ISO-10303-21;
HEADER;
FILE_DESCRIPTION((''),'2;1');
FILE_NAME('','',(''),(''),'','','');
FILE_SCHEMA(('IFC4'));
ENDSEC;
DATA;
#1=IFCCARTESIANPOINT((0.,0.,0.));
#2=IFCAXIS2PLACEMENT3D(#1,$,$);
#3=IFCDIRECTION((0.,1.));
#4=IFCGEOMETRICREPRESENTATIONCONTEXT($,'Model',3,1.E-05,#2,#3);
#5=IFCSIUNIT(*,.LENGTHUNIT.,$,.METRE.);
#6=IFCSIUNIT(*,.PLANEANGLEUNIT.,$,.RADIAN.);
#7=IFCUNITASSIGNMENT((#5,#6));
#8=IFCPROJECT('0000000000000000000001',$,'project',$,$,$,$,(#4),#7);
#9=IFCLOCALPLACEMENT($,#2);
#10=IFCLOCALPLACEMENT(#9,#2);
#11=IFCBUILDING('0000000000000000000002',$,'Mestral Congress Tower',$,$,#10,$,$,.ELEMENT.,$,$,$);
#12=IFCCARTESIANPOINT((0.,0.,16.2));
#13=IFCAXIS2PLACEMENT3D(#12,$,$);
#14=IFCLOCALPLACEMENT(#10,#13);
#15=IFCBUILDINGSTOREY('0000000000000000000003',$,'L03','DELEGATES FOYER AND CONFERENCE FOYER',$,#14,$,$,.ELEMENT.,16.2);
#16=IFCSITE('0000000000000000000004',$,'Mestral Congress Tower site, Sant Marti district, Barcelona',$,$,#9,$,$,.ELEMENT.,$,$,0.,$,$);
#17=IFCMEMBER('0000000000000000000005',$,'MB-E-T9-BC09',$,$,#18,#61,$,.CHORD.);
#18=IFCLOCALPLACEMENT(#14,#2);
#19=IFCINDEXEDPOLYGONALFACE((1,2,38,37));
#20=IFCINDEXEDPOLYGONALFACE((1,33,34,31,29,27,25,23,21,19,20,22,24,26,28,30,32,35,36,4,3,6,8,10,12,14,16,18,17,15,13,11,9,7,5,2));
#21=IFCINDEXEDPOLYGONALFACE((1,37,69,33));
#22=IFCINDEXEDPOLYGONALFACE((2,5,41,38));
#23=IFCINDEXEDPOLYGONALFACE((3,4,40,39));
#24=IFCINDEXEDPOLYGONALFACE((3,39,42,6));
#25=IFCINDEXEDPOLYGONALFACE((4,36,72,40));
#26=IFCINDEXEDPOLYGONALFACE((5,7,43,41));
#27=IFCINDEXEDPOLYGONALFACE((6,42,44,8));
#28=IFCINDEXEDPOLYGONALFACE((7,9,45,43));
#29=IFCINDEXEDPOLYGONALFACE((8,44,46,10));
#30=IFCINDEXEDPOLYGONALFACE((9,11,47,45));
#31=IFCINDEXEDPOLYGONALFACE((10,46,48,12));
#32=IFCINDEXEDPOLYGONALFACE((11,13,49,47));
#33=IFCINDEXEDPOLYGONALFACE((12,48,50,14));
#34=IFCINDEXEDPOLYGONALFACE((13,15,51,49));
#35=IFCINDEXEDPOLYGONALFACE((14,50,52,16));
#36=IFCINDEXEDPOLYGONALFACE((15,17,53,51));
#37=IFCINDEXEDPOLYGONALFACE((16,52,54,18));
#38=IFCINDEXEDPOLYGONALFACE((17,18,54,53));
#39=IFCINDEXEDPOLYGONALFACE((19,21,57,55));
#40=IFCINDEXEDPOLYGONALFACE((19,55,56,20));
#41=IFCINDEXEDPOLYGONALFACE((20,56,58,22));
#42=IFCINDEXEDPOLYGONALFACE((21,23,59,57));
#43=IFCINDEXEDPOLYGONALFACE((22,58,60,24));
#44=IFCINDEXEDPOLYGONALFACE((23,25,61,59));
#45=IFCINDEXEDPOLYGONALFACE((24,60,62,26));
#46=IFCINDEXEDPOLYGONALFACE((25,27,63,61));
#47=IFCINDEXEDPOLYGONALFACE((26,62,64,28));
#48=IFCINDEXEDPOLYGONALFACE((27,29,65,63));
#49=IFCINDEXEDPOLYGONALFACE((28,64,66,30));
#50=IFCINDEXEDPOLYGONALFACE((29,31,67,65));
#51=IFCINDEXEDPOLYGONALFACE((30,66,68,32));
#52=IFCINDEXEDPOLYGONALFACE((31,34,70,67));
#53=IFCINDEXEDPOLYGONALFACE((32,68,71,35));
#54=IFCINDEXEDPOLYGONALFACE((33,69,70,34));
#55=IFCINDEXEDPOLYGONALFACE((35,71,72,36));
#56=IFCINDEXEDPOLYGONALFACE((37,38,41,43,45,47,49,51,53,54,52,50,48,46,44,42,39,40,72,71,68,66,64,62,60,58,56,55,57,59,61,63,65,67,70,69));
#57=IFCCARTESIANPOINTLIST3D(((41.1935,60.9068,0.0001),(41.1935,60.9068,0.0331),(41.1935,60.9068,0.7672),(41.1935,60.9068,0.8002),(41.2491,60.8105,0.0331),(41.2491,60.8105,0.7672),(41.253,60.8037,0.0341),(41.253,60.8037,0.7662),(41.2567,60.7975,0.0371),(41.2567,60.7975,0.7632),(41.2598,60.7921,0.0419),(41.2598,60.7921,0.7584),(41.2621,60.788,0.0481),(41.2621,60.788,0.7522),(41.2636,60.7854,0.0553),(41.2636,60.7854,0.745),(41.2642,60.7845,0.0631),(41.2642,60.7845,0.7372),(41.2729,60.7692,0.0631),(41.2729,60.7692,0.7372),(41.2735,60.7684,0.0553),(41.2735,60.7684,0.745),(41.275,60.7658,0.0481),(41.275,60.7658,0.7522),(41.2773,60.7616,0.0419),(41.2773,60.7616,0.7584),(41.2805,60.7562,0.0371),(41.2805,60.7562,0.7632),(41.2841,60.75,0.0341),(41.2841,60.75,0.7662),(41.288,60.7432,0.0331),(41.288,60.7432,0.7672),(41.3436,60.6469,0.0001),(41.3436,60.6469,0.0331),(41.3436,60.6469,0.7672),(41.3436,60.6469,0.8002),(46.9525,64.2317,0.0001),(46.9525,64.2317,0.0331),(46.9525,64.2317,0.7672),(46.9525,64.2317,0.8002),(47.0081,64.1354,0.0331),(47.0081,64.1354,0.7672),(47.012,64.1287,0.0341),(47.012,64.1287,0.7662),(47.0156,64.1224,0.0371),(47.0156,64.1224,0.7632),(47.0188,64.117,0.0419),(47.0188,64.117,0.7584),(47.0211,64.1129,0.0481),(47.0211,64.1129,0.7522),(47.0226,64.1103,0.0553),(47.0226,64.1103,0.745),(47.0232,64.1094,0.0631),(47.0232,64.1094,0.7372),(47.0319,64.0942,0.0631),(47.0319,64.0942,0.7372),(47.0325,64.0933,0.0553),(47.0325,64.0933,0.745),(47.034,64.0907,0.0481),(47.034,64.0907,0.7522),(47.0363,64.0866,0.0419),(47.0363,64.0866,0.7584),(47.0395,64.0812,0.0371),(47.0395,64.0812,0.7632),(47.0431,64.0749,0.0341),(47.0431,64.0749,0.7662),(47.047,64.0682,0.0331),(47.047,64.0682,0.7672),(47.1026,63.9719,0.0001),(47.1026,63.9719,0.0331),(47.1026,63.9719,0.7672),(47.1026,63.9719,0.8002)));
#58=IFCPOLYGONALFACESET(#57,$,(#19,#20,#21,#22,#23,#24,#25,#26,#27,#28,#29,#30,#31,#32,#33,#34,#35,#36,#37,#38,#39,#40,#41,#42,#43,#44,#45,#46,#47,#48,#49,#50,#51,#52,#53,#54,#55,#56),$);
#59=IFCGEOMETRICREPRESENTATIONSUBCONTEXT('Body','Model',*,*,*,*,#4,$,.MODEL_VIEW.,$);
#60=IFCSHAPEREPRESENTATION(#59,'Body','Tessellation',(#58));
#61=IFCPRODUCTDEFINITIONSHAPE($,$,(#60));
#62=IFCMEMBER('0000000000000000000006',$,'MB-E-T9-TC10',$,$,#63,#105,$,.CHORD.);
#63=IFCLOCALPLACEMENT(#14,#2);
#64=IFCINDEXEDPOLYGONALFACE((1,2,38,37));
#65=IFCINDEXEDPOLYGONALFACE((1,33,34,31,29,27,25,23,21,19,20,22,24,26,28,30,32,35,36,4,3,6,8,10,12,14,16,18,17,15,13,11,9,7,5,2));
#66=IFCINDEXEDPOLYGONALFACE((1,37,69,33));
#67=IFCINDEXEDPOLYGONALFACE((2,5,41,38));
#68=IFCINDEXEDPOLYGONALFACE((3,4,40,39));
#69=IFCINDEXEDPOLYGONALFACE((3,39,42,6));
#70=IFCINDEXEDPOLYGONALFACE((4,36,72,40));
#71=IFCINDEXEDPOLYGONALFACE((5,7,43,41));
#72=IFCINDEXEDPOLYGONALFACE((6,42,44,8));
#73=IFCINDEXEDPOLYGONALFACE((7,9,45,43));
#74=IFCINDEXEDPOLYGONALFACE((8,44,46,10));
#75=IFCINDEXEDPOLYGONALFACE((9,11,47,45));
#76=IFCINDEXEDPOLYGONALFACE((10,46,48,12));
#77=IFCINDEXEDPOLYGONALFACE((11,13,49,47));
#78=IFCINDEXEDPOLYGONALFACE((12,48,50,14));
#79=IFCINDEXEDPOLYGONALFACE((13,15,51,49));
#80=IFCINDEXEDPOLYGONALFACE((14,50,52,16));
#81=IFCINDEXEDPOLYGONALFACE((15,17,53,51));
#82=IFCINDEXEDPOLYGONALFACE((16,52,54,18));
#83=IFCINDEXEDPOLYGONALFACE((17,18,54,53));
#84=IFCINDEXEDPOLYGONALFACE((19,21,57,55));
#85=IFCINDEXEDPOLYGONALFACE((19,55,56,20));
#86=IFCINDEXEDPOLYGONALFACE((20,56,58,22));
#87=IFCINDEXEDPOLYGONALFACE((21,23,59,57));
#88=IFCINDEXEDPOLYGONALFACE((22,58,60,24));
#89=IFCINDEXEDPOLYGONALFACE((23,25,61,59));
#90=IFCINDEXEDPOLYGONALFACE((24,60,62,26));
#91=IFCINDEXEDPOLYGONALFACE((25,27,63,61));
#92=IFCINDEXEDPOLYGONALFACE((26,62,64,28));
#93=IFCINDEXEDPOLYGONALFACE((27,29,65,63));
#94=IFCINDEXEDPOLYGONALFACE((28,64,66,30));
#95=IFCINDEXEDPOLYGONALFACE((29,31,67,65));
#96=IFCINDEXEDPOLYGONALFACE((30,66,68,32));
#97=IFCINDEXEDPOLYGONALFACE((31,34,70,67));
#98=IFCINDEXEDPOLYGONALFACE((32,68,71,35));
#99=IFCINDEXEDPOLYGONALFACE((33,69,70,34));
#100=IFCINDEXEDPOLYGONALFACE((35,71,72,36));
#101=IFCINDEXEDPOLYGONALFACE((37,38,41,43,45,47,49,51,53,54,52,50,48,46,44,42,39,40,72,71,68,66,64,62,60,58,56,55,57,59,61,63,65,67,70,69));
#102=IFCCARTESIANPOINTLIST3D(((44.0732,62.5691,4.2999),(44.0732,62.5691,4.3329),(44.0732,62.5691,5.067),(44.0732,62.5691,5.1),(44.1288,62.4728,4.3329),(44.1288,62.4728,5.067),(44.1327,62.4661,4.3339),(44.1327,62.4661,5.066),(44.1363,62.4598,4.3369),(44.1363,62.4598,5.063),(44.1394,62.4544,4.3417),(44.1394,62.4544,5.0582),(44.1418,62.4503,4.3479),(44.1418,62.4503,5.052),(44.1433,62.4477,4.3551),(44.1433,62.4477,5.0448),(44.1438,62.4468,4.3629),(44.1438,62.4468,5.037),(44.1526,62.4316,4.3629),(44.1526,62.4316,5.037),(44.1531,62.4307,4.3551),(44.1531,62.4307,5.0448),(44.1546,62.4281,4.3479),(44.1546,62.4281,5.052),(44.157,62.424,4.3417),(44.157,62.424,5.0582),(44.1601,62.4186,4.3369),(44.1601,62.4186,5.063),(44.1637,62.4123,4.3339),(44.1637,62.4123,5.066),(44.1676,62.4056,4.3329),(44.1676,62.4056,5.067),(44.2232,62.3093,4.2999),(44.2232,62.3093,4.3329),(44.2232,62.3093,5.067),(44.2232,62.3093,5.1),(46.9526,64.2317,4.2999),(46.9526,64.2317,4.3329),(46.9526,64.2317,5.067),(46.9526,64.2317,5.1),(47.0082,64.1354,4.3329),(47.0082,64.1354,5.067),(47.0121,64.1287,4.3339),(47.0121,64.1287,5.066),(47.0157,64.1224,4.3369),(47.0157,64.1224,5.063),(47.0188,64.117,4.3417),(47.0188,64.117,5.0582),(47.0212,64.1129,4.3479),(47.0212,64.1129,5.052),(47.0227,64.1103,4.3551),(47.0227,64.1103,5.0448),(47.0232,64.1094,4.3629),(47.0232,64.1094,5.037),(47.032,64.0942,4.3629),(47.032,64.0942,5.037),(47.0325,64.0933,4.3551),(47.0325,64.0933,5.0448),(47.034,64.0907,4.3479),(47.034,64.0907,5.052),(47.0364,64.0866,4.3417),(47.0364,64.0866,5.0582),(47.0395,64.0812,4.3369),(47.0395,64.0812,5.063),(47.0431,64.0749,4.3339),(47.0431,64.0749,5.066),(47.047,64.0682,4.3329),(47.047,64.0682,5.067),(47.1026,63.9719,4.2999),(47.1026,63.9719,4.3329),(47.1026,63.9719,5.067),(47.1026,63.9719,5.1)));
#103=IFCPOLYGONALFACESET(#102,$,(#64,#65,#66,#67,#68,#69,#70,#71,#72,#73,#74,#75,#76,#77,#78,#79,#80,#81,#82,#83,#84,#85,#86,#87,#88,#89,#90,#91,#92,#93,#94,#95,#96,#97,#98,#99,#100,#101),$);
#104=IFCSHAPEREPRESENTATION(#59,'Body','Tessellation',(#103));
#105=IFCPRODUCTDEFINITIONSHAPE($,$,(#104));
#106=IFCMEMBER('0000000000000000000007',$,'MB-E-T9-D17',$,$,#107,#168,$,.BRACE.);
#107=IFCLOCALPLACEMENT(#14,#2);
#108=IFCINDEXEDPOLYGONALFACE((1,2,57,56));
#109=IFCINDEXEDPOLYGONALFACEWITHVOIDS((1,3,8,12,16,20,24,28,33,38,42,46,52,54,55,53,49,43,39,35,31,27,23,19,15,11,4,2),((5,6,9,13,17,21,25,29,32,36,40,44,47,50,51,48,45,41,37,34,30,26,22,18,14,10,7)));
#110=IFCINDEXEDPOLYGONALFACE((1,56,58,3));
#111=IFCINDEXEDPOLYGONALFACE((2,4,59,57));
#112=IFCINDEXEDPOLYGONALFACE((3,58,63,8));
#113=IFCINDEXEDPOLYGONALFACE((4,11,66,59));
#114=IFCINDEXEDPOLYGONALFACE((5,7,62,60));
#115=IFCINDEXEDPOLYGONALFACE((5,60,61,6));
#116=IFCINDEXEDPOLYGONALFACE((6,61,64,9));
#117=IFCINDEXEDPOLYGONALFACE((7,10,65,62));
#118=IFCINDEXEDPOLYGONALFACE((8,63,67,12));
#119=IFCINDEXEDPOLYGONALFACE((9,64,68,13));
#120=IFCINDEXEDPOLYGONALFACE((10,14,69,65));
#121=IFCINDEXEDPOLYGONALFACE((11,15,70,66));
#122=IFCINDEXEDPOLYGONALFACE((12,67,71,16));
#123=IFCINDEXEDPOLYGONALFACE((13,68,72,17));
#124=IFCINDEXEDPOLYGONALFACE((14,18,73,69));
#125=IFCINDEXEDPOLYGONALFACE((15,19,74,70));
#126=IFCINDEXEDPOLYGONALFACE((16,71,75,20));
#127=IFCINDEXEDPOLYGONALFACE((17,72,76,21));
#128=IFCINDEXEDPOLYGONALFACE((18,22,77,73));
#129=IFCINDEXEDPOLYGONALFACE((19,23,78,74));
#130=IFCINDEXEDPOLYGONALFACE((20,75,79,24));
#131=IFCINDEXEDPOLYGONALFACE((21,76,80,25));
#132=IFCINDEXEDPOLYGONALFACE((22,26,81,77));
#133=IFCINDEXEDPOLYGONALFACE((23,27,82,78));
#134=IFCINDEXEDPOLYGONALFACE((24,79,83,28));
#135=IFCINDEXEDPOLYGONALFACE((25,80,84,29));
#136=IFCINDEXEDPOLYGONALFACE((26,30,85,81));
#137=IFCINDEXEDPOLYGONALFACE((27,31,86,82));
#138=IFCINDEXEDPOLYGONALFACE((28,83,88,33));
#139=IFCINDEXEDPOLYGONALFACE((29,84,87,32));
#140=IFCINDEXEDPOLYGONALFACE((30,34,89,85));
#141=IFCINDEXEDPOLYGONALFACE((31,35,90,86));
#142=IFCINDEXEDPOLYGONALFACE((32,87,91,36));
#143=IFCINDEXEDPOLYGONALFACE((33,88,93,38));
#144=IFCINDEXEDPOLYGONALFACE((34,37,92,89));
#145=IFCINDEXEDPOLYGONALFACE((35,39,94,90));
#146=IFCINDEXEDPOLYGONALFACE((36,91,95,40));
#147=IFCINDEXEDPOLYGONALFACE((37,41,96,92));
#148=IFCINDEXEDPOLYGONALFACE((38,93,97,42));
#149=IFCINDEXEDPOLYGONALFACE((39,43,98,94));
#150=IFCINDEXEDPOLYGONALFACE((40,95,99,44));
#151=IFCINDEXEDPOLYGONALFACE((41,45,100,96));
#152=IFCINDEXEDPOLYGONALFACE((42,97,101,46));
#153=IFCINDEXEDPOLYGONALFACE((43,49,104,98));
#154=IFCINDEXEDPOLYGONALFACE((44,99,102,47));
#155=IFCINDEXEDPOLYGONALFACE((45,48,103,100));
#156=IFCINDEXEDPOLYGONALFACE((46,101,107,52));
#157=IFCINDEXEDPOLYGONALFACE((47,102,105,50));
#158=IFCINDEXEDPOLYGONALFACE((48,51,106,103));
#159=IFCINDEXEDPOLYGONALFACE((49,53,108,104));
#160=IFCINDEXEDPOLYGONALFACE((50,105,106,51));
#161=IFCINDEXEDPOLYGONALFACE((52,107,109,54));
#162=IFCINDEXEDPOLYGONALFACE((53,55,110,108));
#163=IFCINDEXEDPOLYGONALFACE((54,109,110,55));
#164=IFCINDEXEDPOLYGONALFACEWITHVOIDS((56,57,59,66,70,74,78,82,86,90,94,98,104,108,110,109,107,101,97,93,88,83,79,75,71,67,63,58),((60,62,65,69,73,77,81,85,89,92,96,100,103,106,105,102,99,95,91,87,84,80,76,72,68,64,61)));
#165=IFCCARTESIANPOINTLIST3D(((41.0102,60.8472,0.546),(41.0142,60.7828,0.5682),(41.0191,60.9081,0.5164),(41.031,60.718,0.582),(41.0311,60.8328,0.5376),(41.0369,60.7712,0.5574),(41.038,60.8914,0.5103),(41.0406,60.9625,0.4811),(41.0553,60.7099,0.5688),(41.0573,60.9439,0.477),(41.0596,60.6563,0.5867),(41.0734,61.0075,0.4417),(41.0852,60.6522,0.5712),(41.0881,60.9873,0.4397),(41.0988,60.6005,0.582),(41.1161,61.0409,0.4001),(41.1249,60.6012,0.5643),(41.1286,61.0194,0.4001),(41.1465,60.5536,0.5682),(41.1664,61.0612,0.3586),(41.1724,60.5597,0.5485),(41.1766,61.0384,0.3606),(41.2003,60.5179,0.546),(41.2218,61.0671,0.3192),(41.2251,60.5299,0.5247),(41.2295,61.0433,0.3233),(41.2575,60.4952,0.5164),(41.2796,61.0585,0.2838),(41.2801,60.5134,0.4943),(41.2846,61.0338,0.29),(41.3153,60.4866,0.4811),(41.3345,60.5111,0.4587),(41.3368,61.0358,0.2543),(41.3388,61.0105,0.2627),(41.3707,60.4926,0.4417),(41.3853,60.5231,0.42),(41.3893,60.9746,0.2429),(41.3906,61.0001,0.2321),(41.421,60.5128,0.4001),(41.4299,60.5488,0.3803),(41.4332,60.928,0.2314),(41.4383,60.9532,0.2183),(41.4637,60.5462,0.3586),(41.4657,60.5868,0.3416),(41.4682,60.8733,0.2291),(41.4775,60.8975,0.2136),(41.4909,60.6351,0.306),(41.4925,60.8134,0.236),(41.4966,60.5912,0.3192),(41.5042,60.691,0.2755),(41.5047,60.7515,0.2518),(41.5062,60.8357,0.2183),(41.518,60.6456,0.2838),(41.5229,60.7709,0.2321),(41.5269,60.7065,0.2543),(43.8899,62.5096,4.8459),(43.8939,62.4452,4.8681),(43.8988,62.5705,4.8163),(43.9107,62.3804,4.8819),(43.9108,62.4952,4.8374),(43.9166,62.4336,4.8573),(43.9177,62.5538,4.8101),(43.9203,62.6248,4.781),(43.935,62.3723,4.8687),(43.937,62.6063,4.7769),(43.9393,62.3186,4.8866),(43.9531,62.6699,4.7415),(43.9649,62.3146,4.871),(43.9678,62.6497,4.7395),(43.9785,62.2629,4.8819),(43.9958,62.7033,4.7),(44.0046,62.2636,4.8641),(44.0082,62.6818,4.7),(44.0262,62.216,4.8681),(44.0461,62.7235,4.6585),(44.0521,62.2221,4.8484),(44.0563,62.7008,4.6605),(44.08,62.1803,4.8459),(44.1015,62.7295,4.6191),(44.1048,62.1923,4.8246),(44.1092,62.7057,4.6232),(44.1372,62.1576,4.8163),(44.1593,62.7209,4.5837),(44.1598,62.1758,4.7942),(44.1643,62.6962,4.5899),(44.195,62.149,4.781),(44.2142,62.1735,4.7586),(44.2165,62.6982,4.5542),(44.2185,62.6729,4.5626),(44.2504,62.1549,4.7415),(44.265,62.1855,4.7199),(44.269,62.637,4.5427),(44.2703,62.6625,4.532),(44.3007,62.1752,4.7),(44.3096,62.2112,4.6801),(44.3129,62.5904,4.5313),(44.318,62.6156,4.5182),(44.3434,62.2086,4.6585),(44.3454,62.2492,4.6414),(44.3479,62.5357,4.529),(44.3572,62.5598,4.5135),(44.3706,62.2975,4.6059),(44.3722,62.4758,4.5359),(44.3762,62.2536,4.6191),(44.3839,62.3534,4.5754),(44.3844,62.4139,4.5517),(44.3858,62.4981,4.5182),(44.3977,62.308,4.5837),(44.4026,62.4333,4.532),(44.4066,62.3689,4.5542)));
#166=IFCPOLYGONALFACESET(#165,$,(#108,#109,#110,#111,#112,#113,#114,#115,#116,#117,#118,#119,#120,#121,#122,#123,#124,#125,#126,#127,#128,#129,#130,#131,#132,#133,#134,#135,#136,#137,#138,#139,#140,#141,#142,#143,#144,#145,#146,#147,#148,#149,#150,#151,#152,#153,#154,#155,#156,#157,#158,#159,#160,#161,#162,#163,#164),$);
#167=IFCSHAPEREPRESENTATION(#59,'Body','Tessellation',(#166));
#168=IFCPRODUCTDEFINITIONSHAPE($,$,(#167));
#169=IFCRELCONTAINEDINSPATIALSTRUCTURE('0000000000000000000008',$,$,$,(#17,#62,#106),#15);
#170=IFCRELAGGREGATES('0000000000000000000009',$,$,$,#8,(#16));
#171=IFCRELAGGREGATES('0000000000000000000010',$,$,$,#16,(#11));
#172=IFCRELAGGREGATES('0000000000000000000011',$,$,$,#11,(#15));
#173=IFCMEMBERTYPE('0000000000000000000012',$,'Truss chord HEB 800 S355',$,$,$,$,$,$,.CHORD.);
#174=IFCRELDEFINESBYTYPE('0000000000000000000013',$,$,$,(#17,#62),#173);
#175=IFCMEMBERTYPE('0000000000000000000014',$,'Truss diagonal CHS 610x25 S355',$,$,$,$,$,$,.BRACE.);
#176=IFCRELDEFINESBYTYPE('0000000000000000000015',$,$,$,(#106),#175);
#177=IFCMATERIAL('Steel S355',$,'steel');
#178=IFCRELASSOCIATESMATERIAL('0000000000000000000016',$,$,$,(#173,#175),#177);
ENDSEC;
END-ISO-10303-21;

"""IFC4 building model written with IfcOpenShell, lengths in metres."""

from ifc_helpers import new_model, si_unit, direction, frame, origin, origin_2d, place, context, subcontext, project, spatial, hollow_circle, i_section, extrude, material, material_profile, profile_set, type_object, element, save


model = new_model("IFC4")

# Units and contexts
model_context = context("Model", 3, precision=1e-05, world=origin(), true_north=direction((0.0, 1.0)))
body_context = subcontext(model_context, "Body", "Model", "MODEL_VIEW")
ifc_project = project(units=[si_unit("LENGTHUNIT", "METRE"), si_unit("PLANEANGLEUNIT", "RADIAN")], contexts=[model_context])

# Site, building, storey
site_placement = place(None, origin())
site = spatial("IfcSite", under=ifc_project, at=site_placement, Name="Mestral Congress Tower site, Sant Marti district, Barcelona", CompositionType="ELEMENT", RefElevation=0.0)
building_placement = place(site_placement, origin())
building = spatial("IfcBuilding", under=site, at=building_placement, Name="Mestral Congress Tower", CompositionType="ELEMENT")
storey_placement = place(building_placement, frame((0.0, 0.0, 16.2)))
storey = spatial("IfcBuildingStorey", under=building, at=storey_placement, Name="L03", Description="DELEGATES FOYER AND CONFERENCE FOYER", CompositionType="ELEMENT", Elevation=16.2)

# Shared definitions
ifc_material_1 = material(Name="Steel S355", Category="steel")

# Members
ifc_material_profile_1 = material_profile(ifc_material_1, i_section(OverallWidth=0.3, OverallDepth=0.8, WebThickness=0.0176, FlangeThickness=0.033, FilletRadius=0.03, at=origin_2d()), Name="HEB 800")
ifc_profile_set_1 = profile_set([ifc_material_profile_1], Name="Steel S355")
member_type_1 = type_object("IfcMemberType", Name="Truss chord HEB 800 S355", PredefinedType="CHORD", material=ifc_profile_set_1)
member_1_placement = place(storey_placement, frame((41.2686, 60.7769, 0.4001), z_axis=(0.866027, 0.499997, 0.0), x_axis=(-0.499997, 0.866027, 0.0)))
element("IfcMember", 1, at=member_1_placement, inside=storey, type_object=member_type_1, Name="MB-E-T9-BC09", PredefinedType="CHORD", context=body_context, shape_type="SweptSolid", body=[
    extrude(i_section(OverallWidth=0.3, OverallDepth=0.8, WebThickness=0.0176, FlangeThickness=0.033, FilletRadius=0.03, at=origin_2d()), origin(), (0.0, 0.0, 1.0), 6.6499),
])
member_2_placement = place(storey_placement, frame((44.1482, 62.4392, 4.7), z_axis=(0.866002, 0.50004, 0.0), x_axis=(-0.50004, 0.866002, 0.0)))
element("IfcMember", 2, at=member_2_placement, inside=storey, type_object=member_type_1, Name="MB-E-T9-TC10", PredefinedType="CHORD", context=body_context, shape_type="SweptSolid", body=[
    extrude(i_section(OverallWidth=0.3, OverallDepth=0.8, WebThickness=0.0176, FlangeThickness=0.033, FilletRadius=0.03, at=origin_2d()), origin(), (0.0, 0.0, 1.0), 3.325),
])
ifc_material_profile_2 = material_profile(ifc_material_1, hollow_circle(Radius=0.3049, WallThickness=0.0249, at=origin_2d()), Name="CHS 610x25")
ifc_profile_set_2 = profile_set([ifc_material_profile_2], Name="Steel S355")
member_type_2 = type_object("IfcMemberType", Name="Truss diagonal CHS 610x25 S355", PredefinedType="BRACE", material=ifc_profile_set_2)
member_3_placement = place(storey_placement, frame((41.2686, 60.7769, 0.4001), z_axis=(0.529789, 0.305836, 0.791068), x_axis=(-0.499953, 0.866052, 0.0)))
element("IfcMember", 3, at=member_3_placement, inside=storey, type_object=member_type_2, Name="MB-E-T9-D17", PredefinedType="BRACE", context=body_context, shape_type="SweptSolid", body=[
    extrude(hollow_circle(Radius=0.3049, WallThickness=0.0249, at=origin_2d()), origin(), (0.0, 0.0, 1.0), 5.4355),
])

save(model, "model.ifc")
